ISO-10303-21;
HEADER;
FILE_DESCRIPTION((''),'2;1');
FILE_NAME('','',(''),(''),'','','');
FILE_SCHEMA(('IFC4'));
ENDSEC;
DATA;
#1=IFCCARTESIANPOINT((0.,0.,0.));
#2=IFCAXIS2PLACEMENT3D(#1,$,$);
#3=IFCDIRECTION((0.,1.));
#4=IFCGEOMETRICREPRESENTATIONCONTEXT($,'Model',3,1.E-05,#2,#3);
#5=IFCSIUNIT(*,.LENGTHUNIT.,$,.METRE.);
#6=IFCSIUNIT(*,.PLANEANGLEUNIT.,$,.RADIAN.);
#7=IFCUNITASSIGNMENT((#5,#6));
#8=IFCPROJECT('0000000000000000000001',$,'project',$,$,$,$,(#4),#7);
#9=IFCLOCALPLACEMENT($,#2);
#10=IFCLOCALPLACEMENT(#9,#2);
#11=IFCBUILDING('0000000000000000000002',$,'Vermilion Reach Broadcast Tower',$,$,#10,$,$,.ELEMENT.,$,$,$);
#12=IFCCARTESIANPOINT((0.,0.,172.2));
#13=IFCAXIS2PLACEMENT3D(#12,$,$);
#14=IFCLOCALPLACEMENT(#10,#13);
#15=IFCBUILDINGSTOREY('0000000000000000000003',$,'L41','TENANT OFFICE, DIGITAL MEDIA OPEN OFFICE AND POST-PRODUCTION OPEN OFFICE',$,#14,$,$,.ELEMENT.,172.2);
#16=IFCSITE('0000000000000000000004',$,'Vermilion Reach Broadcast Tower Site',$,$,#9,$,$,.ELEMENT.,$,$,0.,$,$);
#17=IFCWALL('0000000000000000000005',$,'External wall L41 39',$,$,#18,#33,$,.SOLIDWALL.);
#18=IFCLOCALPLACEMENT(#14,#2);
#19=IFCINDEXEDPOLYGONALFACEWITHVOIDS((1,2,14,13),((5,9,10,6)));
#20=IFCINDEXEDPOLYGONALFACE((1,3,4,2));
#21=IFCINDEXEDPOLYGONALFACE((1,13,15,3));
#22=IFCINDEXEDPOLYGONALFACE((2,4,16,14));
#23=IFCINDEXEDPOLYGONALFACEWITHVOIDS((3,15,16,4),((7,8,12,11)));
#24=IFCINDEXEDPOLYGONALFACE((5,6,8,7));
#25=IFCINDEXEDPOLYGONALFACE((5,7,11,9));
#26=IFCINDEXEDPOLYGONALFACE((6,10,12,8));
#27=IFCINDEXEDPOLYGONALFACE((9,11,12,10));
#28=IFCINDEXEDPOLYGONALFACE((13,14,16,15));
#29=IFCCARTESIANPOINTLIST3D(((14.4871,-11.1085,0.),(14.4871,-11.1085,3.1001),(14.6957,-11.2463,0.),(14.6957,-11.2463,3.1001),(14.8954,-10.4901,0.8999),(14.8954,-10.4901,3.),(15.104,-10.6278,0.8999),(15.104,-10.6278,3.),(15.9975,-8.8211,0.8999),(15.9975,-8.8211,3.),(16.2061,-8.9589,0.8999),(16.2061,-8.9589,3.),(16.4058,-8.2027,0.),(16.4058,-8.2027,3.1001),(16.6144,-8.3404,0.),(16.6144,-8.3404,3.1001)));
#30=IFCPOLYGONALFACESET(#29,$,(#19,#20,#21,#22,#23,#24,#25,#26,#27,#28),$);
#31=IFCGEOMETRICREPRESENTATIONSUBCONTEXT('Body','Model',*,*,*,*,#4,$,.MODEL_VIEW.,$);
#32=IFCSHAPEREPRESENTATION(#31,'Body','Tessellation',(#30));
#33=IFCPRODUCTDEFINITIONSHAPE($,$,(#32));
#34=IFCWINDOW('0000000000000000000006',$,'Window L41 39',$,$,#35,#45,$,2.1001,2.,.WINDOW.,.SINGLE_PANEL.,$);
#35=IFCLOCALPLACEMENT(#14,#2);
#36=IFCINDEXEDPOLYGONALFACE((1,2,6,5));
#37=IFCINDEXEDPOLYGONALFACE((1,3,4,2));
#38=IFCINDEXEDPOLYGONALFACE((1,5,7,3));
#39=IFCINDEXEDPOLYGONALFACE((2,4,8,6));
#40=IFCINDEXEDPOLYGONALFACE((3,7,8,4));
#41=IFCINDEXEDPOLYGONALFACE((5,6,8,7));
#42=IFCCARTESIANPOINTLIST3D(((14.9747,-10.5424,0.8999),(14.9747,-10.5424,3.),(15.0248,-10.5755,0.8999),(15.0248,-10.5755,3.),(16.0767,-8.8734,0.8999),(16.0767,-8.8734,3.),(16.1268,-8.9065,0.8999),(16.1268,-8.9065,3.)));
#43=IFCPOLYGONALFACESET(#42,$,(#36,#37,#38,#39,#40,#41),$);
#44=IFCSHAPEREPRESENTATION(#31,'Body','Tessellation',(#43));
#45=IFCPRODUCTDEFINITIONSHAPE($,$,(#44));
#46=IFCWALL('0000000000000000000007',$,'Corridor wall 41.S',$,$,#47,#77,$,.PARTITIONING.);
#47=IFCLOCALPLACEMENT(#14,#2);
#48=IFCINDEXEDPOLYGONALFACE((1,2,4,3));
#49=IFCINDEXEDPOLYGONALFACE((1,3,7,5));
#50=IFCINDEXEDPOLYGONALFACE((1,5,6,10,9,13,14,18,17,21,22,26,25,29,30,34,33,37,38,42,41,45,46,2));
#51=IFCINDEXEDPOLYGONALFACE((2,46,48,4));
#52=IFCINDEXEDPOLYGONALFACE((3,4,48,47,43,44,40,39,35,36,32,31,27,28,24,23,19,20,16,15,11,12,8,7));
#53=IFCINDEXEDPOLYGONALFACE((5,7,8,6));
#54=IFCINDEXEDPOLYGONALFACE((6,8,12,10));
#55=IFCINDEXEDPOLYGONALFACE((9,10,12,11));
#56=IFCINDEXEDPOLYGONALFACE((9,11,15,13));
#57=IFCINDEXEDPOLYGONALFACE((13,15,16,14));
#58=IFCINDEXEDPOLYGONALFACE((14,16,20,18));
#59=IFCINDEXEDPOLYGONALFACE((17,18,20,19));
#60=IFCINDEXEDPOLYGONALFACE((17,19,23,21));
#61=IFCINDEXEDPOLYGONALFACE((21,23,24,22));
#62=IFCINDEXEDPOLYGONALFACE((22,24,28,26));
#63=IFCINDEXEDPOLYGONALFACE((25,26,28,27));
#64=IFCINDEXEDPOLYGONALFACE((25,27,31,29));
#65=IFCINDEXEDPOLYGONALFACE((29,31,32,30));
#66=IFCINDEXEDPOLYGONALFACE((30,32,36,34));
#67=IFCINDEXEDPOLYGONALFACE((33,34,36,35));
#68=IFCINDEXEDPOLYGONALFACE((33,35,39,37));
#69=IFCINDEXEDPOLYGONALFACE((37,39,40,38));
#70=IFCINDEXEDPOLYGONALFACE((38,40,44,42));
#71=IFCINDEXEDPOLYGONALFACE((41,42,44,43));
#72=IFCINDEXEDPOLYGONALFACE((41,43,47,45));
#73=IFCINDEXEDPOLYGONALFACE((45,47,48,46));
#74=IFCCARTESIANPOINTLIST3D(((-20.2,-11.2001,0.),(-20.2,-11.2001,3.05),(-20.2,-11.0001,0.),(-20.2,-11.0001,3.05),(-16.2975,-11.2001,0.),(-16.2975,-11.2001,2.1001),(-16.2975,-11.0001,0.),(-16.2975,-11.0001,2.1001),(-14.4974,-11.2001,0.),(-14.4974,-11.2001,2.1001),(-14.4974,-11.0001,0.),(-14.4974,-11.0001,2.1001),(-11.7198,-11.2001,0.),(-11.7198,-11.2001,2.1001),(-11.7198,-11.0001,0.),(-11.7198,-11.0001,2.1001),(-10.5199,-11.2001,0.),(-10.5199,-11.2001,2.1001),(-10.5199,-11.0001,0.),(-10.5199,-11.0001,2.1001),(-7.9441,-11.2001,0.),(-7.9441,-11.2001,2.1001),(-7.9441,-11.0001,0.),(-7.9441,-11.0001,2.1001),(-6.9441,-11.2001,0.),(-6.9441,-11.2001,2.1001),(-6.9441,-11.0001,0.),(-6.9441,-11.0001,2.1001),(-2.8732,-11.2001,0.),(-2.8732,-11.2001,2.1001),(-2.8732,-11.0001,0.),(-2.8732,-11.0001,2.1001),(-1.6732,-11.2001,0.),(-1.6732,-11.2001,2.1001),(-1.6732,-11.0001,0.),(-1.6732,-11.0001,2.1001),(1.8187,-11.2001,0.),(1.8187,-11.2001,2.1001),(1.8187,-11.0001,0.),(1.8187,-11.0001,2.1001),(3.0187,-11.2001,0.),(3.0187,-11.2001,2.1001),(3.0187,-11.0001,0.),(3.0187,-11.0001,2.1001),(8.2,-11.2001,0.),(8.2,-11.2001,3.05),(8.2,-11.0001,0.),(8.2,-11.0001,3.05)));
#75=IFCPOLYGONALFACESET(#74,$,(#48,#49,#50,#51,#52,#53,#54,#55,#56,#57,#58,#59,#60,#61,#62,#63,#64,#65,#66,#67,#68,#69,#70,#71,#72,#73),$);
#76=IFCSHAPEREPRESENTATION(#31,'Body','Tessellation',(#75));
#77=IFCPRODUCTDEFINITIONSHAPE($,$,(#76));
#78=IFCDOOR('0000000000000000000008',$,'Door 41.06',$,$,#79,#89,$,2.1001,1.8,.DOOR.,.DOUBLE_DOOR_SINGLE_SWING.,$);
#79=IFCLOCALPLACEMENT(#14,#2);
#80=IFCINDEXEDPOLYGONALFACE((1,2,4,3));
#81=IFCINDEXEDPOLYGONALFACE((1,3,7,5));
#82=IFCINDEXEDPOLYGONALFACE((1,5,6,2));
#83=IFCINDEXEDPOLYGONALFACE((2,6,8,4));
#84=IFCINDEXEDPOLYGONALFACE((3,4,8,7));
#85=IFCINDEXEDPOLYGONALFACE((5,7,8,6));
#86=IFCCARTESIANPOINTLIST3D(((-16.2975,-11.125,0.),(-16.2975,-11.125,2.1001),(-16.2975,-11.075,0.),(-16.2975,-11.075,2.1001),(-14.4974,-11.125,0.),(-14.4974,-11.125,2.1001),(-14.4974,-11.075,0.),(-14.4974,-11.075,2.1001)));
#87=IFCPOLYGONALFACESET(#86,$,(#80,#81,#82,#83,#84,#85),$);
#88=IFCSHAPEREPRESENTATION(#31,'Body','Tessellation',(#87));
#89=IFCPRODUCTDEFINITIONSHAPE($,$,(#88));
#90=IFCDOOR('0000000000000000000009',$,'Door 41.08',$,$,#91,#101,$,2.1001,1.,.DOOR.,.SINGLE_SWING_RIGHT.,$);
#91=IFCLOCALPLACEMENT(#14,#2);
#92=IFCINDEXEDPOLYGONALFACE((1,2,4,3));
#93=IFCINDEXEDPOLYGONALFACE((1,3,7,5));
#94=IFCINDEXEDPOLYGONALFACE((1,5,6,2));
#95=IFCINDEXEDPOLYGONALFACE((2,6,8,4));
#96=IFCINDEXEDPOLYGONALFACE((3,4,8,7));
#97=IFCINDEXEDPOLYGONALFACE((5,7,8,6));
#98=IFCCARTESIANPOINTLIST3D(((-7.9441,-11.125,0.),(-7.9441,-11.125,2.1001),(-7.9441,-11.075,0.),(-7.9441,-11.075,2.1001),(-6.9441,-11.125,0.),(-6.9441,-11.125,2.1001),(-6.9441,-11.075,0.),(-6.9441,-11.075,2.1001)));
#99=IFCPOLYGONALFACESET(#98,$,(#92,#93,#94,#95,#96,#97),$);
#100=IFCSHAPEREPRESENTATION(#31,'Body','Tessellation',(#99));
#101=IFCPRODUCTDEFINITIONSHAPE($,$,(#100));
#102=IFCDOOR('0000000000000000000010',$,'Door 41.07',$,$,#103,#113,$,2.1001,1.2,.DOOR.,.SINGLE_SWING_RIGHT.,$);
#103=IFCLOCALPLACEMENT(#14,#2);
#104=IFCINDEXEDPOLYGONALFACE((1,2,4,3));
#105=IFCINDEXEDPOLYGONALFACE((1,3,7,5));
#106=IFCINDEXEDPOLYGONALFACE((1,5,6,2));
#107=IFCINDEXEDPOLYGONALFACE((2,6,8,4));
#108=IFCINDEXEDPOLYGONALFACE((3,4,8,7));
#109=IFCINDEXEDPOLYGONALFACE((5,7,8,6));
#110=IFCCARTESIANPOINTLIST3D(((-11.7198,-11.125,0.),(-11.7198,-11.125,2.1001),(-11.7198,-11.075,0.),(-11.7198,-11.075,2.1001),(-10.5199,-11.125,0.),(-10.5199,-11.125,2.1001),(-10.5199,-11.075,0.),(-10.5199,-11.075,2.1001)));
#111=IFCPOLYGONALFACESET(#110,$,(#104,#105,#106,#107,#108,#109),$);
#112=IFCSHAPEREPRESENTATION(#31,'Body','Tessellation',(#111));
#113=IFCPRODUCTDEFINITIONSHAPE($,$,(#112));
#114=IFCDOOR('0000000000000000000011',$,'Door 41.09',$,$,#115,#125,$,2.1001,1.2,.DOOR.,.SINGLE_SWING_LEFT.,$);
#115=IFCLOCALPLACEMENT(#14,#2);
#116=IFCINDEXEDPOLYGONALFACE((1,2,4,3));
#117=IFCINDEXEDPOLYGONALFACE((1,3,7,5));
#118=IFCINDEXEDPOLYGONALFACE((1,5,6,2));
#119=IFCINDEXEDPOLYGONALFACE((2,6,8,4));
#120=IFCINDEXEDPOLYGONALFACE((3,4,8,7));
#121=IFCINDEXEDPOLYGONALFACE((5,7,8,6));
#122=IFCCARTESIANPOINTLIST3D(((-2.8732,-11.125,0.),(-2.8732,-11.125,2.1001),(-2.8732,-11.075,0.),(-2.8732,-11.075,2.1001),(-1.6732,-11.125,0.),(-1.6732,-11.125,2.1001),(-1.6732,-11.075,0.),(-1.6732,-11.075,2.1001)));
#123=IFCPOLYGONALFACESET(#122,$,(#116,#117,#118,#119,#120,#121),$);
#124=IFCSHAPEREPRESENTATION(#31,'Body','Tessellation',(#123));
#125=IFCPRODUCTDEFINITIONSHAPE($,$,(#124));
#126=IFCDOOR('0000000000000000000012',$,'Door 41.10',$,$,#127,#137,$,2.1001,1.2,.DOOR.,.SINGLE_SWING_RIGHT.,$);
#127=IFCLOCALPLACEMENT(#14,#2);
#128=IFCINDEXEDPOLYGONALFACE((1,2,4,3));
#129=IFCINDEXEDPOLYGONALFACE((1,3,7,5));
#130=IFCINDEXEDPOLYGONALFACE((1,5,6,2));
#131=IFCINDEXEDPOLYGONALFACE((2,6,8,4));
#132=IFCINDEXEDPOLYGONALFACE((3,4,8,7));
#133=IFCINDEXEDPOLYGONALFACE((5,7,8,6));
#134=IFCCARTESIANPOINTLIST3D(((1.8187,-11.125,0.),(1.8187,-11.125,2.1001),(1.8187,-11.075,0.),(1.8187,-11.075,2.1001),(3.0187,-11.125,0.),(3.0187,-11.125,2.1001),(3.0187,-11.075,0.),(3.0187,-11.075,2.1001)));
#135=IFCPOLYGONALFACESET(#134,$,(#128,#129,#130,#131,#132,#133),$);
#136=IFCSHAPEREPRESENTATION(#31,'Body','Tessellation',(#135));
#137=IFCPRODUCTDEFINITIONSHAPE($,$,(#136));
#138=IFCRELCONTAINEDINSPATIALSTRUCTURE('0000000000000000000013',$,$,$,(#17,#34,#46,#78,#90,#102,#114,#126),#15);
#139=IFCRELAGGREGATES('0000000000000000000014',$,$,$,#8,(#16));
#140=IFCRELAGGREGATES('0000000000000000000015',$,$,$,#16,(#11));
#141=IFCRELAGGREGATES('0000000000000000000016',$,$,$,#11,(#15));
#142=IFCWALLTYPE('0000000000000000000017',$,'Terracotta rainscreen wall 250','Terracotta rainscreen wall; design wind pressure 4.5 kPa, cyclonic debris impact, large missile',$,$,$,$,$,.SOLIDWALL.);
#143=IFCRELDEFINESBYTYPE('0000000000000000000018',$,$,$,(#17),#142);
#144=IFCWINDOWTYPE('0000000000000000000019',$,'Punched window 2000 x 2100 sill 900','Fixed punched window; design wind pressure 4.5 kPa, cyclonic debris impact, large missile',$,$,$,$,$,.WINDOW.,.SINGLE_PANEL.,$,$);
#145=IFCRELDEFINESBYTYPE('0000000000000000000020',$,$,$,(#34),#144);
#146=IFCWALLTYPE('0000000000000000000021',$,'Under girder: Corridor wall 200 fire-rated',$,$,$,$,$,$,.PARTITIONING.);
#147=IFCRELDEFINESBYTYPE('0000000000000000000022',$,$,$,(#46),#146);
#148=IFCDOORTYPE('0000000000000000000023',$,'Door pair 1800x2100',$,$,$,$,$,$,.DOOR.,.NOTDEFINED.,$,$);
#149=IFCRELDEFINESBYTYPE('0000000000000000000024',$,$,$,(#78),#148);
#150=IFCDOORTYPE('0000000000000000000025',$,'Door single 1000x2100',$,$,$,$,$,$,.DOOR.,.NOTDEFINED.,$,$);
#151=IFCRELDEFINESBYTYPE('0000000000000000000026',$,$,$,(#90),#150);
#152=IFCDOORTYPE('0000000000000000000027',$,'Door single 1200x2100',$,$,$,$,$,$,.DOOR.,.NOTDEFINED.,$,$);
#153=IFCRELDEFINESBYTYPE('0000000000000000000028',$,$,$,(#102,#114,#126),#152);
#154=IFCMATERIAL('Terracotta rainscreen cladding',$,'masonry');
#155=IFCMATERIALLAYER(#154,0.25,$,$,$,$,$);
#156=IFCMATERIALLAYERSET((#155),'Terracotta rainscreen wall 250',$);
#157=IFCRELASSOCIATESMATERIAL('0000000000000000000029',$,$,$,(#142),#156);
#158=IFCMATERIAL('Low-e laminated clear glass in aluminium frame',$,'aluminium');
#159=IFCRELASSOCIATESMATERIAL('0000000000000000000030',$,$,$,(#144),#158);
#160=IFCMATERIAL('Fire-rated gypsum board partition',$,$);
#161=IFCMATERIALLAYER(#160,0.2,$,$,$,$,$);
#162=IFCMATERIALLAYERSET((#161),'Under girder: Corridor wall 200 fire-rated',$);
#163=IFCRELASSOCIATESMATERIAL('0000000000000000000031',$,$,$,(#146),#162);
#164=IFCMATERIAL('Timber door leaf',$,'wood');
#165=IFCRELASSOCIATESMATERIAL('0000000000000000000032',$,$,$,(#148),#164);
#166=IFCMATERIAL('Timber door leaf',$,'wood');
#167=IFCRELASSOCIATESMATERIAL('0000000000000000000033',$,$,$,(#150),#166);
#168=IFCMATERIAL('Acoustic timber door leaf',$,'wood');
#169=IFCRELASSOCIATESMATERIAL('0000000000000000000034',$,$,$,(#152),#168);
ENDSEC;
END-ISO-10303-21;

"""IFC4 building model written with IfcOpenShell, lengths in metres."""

from ifc_helpers import new_model, si_unit, direction, frame, frame_2d, origin, place, context, subcontext, project, spatial, rectangle, extrude, material, layer, layer_set, type_object, element, fill, save


model = new_model("IFC4")

# Units and contexts
model_context = context("Model", 3, precision=1e-05, world=origin(), true_north=direction((0.0, 1.0)))
body_context = subcontext(model_context, "Body", "Model", "MODEL_VIEW")
ifc_project = project(units=[si_unit("LENGTHUNIT", "METRE"), si_unit("PLANEANGLEUNIT", "RADIAN")], contexts=[model_context])

# Site, building, storey
site_placement = place(None, origin())
site = spatial("IfcSite", under=ifc_project, at=site_placement, Name="Vermilion Reach Broadcast Tower Site", CompositionType="ELEMENT", RefElevation=0.0)
building_placement = place(site_placement, origin())
building = spatial("IfcBuilding", under=site, at=building_placement, Name="Vermilion Reach Broadcast Tower", CompositionType="ELEMENT")
storey_placement = place(building_placement, frame((0.0, 0.0, 172.2)))
storey = spatial("IfcBuildingStorey", under=building, at=storey_placement, Name="L41", Description="TENANT OFFICE, DIGITAL MEDIA OPEN OFFICE AND POST-PRODUCTION OPEN OFFICE", CompositionType="ELEMENT", Elevation=172.2)

# Shared definitions
ifc_material_1 = material(Name="Terracotta rainscreen cladding", Category="masonry")
ifc_layer_1 = layer(ifc_material_1, 0.25)
ifc_layer_set_1 = layer_set([ifc_layer_1], Name="Terracotta rainscreen wall 250")
wall_type_1 = type_object("IfcWallType", Name="Terracotta rainscreen wall 250", Description="Terracotta rainscreen wall; design wind pressure 4.5 kPa, cyclonic debris impact, large missile", PredefinedType="SOLIDWALL", material=ifc_layer_set_1)

# Wall, opening, window
wall_1_placement = place(storey_placement, frame((14.5913, -11.1775, 0.0), z_axis=(0.0, 0.0, 1.0), x_axis=(0.551022, 0.834491, 0.0)))
wall_1 = element("IfcWall", 1, at=wall_1_placement, inside=storey, type_object=wall_type_1, Name="External wall L41 39", PredefinedType="SOLIDWALL", context=body_context, shape_type="SweptSolid", body=[
    extrude(rectangle(XDim=3.4822, YDim=0.25, at=frame_2d((1.7412, 0.0))), origin(), (0.0, 0.0, 1.0), 3.1001),
])
opening_1_placement = place(wall_1_placement, frame((0.7412, 0.0, 0.8999)))
opening_1 = element("IfcOpeningElement", 2, at=opening_1_placement, cuts=wall_1, PredefinedType="OPENING", context=body_context, shape_type="SweptSolid", body=[
    extrude(rectangle(XDim=2.0, YDim=2.1001, at=frame_2d((1.0, 1.05))), frame((0.0, 0.135, 0.0), z_axis=(0.0, -1.0, 0.0), x_axis=(1.0, 0.0, 0.0)), (0.0, 0.0, 1.0), 0.27),
])
ifc_material_2 = material(Name="Low-e laminated clear glass in aluminium frame", Category="aluminium")
window_type = type_object("IfcWindowType", Name="Punched window 2000 x 2100 sill 900", Description="Fixed punched window; design wind pressure 4.5 kPa, cyclonic debris impact, large missile", PartitioningType="SINGLE_PANEL", PredefinedType="WINDOW", material=ifc_material_2)
window_placement = place(opening_1_placement, origin())
window = element("IfcWindow", 3, at=window_placement, inside=storey, type_object=window_type, Name="Window L41 39", OverallHeight=2.1001, OverallWidth=2.0, PartitioningType="SINGLE_PANEL", PredefinedType="WINDOW", context=body_context, shape_type="SweptSolid", body=[
    extrude(rectangle(XDim=2.0, YDim=2.1001, at=frame_2d((1.0, 1.05))), frame((0.0, 0.03, 0.0), z_axis=(0.0, -1.0, 0.0), x_axis=(1.0, 0.0, 0.0)), (0.0, 0.0, 1.0), 0.0601),
])
fill(opening_1, window)

# Wall, openings, doors
ifc_material_3 = material(Name="Fire-rated gypsum board partition")
ifc_layer_2 = layer(ifc_material_3, 0.2)
ifc_layer_set_2 = layer_set([ifc_layer_2], Name="Under girder: Corridor wall 200 fire-rated")
wall_type_2 = type_object("IfcWallType", Name="Under girder: Corridor wall 200 fire-rated", PredefinedType="PARTITIONING", material=ifc_layer_set_2)
wall_2_placement = place(storey_placement, frame((8.2, -11.1001, 0.0), z_axis=(0.0, 0.0, 1.0), x_axis=(-1.0, 0.0, 0.0)))
wall_2 = element("IfcWall", 4, at=wall_2_placement, inside=storey, type_object=wall_type_2, Name="Corridor wall 41.S", PredefinedType="PARTITIONING", context=body_context, shape_type="SweptSolid", body=[
    extrude(rectangle(XDim=28.3999, YDim=0.2, at=frame_2d((14.2, 0.0))), origin(), (0.0, 0.0, 1.0), 3.05),
])
opening_2_placement = place(wall_2_placement, frame((22.6975, 0.0, 0.0)))
opening_2 = element("IfcOpeningElement", 5, at=opening_2_placement, cuts=wall_2, PredefinedType="OPENING", context=body_context, shape_type="SweptSolid", body=[
    extrude(rectangle(XDim=1.8, YDim=2.1001, at=frame_2d((0.8999, 1.05))), frame((0.0, 0.1099, 0.0), z_axis=(0.0, -1.0, 0.0), x_axis=(1.0, 0.0, 0.0)), (0.0, 0.0, 1.0), 0.22),
])
opening_3_placement = place(wall_2_placement, frame((18.7197, 0.0, 0.0)))
opening_3 = element("IfcOpeningElement", 6, at=opening_3_placement, cuts=wall_2, PredefinedType="OPENING", context=body_context, shape_type="SweptSolid", body=[
    extrude(rectangle(XDim=1.2, YDim=2.1001, at=frame_2d((0.6001, 1.05))), frame((0.0, 0.1099, 0.0), z_axis=(0.0, -1.0, 0.0), x_axis=(1.0, 0.0, 0.0)), (0.0, 0.0, 1.0), 0.22),
])
opening_4_placement = place(wall_2_placement, frame((15.144, 0.0, 0.0)))
opening_4 = element("IfcOpeningElement", 7, at=opening_4_placement, cuts=wall_2, PredefinedType="OPENING", context=body_context, shape_type="SweptSolid", body=[
    extrude(rectangle(XDim=1.0, YDim=2.1001, at=frame_2d((0.5, 1.05))), frame((0.0, 0.1099, 0.0), z_axis=(0.0, -1.0, 0.0), x_axis=(1.0, 0.0, 0.0)), (0.0, 0.0, 1.0), 0.22),
])
opening_5_placement = place(wall_2_placement, frame((9.873, 0.0, 0.0)))
opening_5 = element("IfcOpeningElement", 8, at=opening_5_placement, cuts=wall_2, PredefinedType="OPENING", context=body_context, shape_type="SweptSolid", body=[
    extrude(rectangle(XDim=1.2, YDim=2.1001, at=frame_2d((0.6001, 1.05))), frame((0.0, 0.1099, 0.0), z_axis=(0.0, -1.0, 0.0), x_axis=(1.0, 0.0, 0.0)), (0.0, 0.0, 1.0), 0.22),
])
opening_6_placement = place(wall_2_placement, frame((5.1812, 0.0, 0.0)))
opening_6 = element("IfcOpeningElement", 9, at=opening_6_placement, cuts=wall_2, PredefinedType="OPENING", context=body_context, shape_type="SweptSolid", body=[
    extrude(rectangle(XDim=1.2, YDim=2.1001, at=frame_2d((0.6001, 1.05))), frame((0.0, 0.1099, 0.0), z_axis=(0.0, -1.0, 0.0), x_axis=(1.0, 0.0, 0.0)), (0.0, 0.0, 1.0), 0.22),
])
ifc_material_4 = material(Name="Timber door leaf", Category="wood")
door_type_1 = type_object("IfcDoorType", Name="Door pair 1800x2100", OperationType="NOTDEFINED", PredefinedType="DOOR", material=ifc_material_4)
door_1_placement = place(opening_2_placement, origin())
door_1 = element("IfcDoor", 10, at=door_1_placement, inside=storey, type_object=door_type_1, Name="Door 41.06", OperationType="DOUBLE_DOOR_SINGLE_SWING", OverallHeight=2.1001, OverallWidth=1.8, PredefinedType="DOOR", context=body_context, shape_type="SweptSolid", body=[
    extrude(rectangle(XDim=1.8, YDim=2.1001, at=frame_2d((0.8999, 1.05))), frame((0.0, 0.0249, 0.0), z_axis=(0.0, -1.0, 0.0), x_axis=(1.0, 0.0, 0.0)), (0.0, 0.0, 1.0), 0.05),
])
fill(opening_2, door_1)
ifc_material_5 = material(Name="Timber door leaf", Category="wood")
door_type_2 = type_object("IfcDoorType", Name="Door single 1000x2100", OperationType="NOTDEFINED", PredefinedType="DOOR", material=ifc_material_5)
door_2_placement = place(opening_4_placement, origin())
door_2 = element("IfcDoor", 11, at=door_2_placement, inside=storey, type_object=door_type_2, Name="Door 41.08", OperationType="SINGLE_SWING_RIGHT", OverallHeight=2.1001, OverallWidth=1.0, PredefinedType="DOOR", context=body_context, shape_type="SweptSolid", body=[
    extrude(rectangle(XDim=1.0, YDim=2.1001, at=frame_2d((0.5, 1.05))), frame((0.0, 0.0249, 0.0), z_axis=(0.0, -1.0, 0.0), x_axis=(1.0, 0.0, 0.0)), (0.0, 0.0, 1.0), 0.05),
])
fill(opening_4, door_2)
ifc_material_6 = material(Name="Acoustic timber door leaf", Category="wood")
door_type_3 = type_object("IfcDoorType", Name="Door single 1200x2100", OperationType="NOTDEFINED", PredefinedType="DOOR", material=ifc_material_6)
door_3_placement = place(opening_3_placement, origin())
door_3 = element("IfcDoor", 12, at=door_3_placement, inside=storey, type_object=door_type_3, Name="Door 41.07", OperationType="SINGLE_SWING_RIGHT", OverallHeight=2.1001, OverallWidth=1.2, PredefinedType="DOOR", context=body_context, shape_type="SweptSolid", body=[
    extrude(rectangle(XDim=1.2, YDim=2.1001, at=frame_2d((0.6001, 1.05))), frame((0.0, 0.0249, 0.0), z_axis=(0.0, -1.0, 0.0), x_axis=(1.0, 0.0, 0.0)), (0.0, 0.0, 1.0), 0.05),
])
fill(opening_3, door_3)
door_4_placement = place(opening_5_placement, origin())
door_4 = element("IfcDoor", 13, at=door_4_placement, inside=storey, type_object=door_type_3, Name="Door 41.09", OperationType="SINGLE_SWING_LEFT", OverallHeight=2.1001, OverallWidth=1.2, PredefinedType="DOOR", context=body_context, shape_type="SweptSolid", body=[
    extrude(rectangle(XDim=1.2, YDim=2.1001, at=frame_2d((0.6001, 1.05))), frame((0.0, 0.0249, 0.0), z_axis=(0.0, -1.0, 0.0), x_axis=(1.0, 0.0, 0.0)), (0.0, 0.0, 1.0), 0.05),
])
fill(opening_5, door_4)
door_5_placement = place(opening_6_placement, origin())
door_5 = element("IfcDoor", 14, at=door_5_placement, inside=storey, type_object=door_type_3, Name="Door 41.10", OperationType="SINGLE_SWING_RIGHT", OverallHeight=2.1001, OverallWidth=1.2, PredefinedType="DOOR", context=body_context, shape_type="SweptSolid", body=[
    extrude(rectangle(XDim=1.2, YDim=2.1001, at=frame_2d((0.6001, 1.05))), frame((0.0, 0.0249, 0.0), z_axis=(0.0, -1.0, 0.0), x_axis=(1.0, 0.0, 0.0)), (0.0, 0.0, 1.0), 0.05),
])
fill(opening_6, door_5)

save(model, "model.ifc")
